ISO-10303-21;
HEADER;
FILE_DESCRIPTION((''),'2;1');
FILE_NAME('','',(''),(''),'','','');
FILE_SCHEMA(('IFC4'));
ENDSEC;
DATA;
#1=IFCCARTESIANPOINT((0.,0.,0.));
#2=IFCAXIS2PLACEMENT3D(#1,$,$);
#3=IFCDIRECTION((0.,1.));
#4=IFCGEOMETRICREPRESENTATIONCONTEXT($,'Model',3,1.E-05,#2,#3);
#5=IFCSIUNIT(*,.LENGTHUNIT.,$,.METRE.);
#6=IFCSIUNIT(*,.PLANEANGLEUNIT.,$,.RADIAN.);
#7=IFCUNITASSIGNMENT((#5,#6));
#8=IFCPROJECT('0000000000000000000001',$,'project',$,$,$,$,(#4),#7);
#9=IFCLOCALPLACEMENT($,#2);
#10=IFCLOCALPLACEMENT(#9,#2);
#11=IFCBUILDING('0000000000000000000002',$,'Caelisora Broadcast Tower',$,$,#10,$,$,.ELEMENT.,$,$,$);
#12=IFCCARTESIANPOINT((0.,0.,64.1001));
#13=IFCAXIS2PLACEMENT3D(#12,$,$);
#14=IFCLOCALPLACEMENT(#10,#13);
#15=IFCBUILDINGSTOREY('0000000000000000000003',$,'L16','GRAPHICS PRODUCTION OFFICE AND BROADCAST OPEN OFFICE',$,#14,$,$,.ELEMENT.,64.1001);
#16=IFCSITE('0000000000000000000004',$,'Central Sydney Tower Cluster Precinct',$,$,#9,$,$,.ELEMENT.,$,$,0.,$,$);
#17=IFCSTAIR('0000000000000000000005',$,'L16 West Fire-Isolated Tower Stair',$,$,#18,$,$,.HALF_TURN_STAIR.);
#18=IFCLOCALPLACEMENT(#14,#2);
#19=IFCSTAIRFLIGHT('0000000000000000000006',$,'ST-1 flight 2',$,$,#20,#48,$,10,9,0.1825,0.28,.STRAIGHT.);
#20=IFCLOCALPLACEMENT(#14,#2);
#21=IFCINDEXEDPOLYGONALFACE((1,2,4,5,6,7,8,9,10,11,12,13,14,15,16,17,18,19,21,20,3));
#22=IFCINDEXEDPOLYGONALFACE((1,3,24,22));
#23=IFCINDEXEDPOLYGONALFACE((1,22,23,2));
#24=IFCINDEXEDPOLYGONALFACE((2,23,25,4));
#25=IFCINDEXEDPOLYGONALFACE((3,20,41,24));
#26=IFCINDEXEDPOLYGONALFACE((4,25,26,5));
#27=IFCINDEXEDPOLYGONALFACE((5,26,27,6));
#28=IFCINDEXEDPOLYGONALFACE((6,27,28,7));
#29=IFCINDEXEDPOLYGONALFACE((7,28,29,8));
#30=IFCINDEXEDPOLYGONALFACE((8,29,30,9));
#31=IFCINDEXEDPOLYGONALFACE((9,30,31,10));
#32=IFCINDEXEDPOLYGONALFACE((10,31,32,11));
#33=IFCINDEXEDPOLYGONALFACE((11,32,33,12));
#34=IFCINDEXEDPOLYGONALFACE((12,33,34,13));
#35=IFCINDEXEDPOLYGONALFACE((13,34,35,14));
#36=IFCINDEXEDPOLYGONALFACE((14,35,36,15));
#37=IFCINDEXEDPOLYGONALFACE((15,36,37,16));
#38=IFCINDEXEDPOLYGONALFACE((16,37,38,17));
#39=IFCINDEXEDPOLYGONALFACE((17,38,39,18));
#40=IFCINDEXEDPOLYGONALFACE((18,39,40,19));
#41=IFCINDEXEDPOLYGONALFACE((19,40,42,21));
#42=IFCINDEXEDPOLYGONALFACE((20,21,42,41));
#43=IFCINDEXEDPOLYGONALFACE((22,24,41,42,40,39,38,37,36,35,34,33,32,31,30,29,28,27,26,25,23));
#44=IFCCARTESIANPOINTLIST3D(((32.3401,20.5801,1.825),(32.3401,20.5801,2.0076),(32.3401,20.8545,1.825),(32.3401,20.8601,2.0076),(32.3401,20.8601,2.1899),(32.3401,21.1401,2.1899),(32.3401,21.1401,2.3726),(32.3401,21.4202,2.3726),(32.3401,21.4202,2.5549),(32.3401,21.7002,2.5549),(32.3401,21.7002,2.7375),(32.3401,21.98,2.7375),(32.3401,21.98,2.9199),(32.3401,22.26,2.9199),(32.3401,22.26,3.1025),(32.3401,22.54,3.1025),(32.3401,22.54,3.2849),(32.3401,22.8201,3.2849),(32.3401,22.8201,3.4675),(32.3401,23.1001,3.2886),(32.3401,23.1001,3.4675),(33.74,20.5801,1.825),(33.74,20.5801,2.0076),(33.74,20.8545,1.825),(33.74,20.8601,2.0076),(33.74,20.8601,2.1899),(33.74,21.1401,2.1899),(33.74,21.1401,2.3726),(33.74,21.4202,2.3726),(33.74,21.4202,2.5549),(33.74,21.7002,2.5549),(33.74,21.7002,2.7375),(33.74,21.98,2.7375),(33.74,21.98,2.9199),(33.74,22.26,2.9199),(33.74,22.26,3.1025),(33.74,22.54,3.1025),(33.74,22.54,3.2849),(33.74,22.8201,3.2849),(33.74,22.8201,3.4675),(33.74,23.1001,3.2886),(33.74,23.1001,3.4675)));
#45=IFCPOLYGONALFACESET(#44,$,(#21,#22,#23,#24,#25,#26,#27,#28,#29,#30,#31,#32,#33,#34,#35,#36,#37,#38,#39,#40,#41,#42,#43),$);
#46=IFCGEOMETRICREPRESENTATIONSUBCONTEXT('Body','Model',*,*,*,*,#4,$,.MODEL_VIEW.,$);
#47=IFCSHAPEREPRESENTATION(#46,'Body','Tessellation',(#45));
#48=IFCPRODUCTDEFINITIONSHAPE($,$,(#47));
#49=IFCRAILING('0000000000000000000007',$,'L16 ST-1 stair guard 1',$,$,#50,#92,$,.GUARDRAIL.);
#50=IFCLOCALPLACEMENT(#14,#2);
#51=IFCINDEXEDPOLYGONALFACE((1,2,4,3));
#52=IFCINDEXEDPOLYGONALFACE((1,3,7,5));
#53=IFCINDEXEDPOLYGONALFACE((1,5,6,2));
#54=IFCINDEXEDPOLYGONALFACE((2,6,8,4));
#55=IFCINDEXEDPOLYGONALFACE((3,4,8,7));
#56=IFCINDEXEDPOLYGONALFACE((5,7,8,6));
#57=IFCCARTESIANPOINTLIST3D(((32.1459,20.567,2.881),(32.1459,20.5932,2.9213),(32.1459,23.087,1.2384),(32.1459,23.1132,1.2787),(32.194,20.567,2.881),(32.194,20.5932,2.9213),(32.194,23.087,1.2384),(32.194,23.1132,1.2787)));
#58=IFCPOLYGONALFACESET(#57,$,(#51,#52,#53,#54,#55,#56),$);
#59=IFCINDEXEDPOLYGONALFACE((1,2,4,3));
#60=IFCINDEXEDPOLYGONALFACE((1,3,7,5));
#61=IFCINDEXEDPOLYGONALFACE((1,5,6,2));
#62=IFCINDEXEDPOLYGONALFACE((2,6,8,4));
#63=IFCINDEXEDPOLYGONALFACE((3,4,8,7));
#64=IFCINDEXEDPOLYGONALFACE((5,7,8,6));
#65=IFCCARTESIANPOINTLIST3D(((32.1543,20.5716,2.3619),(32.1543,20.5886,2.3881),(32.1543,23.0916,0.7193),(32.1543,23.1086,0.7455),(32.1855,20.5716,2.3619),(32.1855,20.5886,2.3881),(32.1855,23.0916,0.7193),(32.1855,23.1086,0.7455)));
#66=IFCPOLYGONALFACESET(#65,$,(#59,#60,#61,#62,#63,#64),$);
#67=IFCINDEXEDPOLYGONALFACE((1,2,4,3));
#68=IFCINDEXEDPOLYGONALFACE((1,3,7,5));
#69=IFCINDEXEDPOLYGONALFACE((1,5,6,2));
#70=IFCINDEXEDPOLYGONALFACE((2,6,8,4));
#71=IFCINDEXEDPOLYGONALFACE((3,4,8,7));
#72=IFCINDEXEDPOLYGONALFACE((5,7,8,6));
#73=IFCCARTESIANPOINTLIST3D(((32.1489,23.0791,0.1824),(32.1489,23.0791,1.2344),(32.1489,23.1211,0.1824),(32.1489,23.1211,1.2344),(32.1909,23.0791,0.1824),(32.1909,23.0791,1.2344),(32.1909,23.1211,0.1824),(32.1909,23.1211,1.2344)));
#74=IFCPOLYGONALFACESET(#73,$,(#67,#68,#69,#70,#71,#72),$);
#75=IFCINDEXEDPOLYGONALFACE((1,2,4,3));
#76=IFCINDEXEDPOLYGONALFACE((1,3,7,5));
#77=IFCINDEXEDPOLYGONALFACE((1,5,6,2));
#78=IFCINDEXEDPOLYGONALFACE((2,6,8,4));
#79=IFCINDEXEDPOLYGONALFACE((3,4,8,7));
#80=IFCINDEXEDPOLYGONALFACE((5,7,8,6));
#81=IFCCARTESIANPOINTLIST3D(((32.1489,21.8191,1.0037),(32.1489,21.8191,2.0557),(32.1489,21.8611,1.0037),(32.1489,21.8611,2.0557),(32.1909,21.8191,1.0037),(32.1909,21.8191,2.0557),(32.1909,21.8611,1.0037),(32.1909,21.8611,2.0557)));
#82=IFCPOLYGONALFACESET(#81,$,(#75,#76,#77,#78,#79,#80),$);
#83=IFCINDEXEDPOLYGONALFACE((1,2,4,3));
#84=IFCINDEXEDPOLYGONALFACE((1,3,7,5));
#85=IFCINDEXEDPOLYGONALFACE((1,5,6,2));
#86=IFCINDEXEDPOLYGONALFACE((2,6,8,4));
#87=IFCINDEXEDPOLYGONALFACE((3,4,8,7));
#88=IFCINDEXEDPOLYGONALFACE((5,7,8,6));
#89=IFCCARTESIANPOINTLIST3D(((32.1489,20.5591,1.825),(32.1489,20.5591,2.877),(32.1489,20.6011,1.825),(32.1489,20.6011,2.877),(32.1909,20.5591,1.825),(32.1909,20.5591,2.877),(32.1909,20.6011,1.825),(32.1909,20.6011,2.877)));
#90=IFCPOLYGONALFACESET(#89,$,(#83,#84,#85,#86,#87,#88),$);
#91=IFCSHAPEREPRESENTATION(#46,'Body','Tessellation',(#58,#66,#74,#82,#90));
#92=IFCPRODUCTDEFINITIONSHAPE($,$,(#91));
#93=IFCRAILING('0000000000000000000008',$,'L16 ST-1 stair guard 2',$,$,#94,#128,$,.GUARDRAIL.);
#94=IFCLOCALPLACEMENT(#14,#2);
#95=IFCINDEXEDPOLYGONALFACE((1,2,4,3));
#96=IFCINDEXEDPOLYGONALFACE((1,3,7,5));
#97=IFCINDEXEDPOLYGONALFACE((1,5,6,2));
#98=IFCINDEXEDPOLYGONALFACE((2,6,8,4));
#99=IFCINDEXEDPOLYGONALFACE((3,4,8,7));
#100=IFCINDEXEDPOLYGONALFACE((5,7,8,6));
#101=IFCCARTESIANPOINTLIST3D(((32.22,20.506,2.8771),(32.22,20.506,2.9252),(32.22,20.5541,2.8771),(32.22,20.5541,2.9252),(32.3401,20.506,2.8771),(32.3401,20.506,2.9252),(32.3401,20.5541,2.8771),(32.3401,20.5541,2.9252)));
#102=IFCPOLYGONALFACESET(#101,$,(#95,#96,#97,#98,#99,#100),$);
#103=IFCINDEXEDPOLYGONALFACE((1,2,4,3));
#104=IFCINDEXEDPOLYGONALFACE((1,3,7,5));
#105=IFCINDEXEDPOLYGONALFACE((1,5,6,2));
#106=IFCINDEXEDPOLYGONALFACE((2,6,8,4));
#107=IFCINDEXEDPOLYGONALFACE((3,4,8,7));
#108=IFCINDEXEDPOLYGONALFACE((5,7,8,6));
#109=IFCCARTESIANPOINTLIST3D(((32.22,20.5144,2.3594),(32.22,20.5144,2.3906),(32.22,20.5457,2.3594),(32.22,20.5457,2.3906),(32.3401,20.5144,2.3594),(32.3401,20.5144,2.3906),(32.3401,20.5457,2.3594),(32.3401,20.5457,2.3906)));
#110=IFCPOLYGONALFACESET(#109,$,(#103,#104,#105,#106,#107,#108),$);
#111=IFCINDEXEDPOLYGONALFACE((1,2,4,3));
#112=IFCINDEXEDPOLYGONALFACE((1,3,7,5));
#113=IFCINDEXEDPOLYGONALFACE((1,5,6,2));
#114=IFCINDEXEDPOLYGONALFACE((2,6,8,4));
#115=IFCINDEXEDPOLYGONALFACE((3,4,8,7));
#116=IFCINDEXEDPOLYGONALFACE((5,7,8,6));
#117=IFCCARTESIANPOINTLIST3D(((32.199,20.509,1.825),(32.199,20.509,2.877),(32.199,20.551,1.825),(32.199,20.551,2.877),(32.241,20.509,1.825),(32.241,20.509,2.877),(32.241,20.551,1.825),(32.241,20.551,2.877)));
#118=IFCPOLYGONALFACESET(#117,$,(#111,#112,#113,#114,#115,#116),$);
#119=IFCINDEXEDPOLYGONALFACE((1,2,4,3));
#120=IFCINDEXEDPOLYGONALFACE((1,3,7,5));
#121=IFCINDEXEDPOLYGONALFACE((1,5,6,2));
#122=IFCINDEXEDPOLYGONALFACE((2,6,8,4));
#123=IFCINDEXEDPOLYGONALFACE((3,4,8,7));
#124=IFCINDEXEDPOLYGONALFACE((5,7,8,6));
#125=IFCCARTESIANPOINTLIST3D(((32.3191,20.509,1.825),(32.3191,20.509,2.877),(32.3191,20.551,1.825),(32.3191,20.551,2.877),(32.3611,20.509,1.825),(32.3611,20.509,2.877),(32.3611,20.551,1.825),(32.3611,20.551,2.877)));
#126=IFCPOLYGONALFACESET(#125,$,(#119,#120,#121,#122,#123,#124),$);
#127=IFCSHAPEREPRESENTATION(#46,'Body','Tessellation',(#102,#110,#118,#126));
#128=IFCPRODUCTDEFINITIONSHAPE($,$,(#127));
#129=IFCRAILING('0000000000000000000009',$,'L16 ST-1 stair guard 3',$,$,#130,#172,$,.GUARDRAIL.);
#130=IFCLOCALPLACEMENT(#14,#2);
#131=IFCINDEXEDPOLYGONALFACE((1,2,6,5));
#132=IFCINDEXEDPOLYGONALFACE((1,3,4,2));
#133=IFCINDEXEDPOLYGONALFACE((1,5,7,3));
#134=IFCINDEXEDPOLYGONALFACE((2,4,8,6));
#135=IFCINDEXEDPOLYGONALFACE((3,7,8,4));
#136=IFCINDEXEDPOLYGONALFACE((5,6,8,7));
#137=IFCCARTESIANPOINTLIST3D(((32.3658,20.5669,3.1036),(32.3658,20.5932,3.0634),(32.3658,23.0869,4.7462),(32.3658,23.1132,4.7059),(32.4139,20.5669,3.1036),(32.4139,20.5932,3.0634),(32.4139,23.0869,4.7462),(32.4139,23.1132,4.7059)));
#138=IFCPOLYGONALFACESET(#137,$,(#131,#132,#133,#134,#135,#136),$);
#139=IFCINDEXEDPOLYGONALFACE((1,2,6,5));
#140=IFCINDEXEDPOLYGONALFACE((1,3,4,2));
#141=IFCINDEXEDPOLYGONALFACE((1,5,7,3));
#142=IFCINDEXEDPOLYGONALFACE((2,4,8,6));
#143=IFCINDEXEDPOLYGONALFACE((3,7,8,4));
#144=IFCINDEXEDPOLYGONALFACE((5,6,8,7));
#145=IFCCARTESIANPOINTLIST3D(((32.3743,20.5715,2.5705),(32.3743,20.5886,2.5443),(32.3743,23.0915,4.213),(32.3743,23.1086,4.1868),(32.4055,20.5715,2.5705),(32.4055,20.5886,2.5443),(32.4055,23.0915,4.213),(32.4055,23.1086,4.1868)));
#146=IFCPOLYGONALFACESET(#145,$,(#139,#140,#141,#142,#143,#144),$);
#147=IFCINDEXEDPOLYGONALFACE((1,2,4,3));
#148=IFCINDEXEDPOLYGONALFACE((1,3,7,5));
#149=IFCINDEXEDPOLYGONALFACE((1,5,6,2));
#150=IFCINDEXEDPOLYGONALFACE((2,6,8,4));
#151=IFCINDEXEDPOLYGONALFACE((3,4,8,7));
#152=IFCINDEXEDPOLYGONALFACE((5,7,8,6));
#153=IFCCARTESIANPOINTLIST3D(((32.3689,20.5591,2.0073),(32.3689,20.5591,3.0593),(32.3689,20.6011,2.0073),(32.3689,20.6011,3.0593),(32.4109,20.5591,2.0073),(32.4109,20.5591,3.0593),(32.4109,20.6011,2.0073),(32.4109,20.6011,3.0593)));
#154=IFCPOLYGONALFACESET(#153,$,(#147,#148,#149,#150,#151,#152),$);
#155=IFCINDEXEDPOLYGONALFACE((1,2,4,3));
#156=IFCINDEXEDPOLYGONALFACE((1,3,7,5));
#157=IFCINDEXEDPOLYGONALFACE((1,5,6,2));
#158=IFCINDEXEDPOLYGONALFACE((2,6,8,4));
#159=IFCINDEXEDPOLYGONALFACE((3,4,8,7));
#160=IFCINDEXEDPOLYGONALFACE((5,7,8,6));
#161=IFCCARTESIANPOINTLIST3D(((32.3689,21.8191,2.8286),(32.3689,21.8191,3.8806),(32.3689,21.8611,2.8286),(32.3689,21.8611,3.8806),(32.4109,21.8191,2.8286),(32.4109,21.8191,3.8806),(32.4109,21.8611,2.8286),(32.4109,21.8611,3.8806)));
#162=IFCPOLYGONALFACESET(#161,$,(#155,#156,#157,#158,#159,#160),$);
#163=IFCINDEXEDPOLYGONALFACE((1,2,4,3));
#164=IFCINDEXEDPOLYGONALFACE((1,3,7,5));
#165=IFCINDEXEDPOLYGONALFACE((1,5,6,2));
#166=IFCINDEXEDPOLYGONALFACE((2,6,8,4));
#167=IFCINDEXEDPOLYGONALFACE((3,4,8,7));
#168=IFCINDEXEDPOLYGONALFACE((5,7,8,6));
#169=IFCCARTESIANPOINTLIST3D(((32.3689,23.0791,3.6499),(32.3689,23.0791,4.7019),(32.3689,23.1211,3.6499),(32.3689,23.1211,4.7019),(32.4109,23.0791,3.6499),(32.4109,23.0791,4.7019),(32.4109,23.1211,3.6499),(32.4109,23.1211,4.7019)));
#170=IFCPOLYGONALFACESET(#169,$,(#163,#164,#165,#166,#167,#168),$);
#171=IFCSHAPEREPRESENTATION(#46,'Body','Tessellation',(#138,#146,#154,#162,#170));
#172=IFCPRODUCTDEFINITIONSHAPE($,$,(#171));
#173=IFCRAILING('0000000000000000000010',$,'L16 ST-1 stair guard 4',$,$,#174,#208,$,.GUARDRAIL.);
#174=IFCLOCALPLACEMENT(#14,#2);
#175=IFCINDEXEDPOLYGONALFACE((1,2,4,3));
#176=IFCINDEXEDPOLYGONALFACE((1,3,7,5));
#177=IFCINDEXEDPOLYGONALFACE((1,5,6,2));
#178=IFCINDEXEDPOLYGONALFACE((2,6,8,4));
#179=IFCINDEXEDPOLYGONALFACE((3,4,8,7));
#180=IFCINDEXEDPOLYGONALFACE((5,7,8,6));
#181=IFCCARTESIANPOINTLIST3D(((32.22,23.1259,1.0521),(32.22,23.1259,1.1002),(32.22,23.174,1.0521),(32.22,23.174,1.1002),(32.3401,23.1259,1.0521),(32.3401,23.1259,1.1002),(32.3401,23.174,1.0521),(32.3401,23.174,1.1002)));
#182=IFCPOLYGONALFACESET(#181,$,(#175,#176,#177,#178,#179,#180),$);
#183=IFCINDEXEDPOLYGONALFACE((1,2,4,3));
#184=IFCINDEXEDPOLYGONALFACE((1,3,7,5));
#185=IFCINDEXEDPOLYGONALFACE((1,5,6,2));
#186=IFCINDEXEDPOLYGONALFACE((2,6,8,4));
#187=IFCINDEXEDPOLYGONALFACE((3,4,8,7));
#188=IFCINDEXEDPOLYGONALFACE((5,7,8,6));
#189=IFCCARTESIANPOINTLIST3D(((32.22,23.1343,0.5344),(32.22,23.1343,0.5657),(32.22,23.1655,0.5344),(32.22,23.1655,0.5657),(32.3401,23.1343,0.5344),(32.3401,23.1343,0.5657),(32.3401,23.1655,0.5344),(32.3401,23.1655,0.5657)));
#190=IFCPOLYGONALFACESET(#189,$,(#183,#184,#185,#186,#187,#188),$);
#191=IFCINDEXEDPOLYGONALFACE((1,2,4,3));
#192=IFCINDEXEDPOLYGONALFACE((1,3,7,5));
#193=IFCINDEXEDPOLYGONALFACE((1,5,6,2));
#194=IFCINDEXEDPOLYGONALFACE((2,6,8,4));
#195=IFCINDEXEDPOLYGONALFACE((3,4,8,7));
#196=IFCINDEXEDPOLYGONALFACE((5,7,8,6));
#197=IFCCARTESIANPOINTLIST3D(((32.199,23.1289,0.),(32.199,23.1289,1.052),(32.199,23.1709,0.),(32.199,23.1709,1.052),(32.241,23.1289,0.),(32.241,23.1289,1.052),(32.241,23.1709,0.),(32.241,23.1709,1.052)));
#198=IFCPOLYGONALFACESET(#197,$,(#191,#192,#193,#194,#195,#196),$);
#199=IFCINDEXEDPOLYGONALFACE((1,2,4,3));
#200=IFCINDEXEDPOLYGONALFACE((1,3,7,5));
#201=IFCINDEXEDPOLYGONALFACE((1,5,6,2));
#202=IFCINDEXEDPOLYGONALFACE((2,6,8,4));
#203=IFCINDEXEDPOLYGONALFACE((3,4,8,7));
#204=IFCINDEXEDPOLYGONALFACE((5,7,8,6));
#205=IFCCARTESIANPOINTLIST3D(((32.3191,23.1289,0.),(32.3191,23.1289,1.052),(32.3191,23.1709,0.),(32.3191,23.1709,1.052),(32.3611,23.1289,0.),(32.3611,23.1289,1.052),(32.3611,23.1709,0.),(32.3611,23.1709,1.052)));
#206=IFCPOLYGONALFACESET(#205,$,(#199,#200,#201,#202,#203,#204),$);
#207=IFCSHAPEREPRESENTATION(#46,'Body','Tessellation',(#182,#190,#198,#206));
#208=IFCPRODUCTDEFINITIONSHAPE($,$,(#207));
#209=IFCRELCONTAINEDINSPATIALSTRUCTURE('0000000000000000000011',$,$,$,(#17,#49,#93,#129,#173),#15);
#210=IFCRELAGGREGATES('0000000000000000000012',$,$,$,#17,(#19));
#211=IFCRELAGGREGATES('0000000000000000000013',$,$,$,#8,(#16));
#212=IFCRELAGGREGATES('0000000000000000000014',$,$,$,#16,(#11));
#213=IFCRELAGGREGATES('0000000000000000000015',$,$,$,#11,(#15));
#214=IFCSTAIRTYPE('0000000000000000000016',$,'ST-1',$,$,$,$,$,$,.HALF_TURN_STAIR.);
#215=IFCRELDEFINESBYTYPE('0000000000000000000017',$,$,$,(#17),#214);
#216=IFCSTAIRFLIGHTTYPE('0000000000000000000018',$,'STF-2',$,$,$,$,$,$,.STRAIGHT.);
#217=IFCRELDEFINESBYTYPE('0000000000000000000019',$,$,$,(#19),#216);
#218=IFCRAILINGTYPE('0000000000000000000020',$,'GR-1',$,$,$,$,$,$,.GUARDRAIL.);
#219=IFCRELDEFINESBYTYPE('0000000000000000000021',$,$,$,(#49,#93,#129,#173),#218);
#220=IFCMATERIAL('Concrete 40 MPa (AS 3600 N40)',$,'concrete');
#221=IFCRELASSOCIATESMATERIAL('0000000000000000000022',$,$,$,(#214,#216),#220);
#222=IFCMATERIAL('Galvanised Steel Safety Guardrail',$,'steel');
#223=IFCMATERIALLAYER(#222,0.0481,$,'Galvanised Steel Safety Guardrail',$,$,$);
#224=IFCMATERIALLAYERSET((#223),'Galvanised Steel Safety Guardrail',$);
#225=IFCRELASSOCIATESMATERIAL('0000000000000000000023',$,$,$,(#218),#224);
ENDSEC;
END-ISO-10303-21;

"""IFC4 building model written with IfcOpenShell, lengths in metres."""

from ifc_helpers import new_model, si_unit, direction, frame, origin, origin_2d, place, context, subcontext, project, spatial, polyline, rectangle, outline, extrude, material, layer, layer_set, type_object, element, aggregate, save


model = new_model("IFC4")

# Units and contexts
model_context = context("Model", 3, precision=1e-05, world=origin(), true_north=direction((0.0, 1.0)))
body_context = subcontext(model_context, "Body", "Model", "MODEL_VIEW")
ifc_project = project(units=[si_unit("LENGTHUNIT", "METRE"), si_unit("PLANEANGLEUNIT", "RADIAN")], contexts=[model_context])

# Site, building, storey
site_placement = place(None, origin())
site = spatial("IfcSite", under=ifc_project, at=site_placement, Name="Central Sydney Tower Cluster Precinct", CompositionType="ELEMENT", RefElevation=0.0)
building_placement = place(site_placement, origin())
building = spatial("IfcBuilding", under=site, at=building_placement, Name="Caelisora Broadcast Tower", CompositionType="ELEMENT")
storey_placement = place(building_placement, frame((0.0, 0.0, 64.1001)))
storey = spatial("IfcBuildingStorey", under=building, at=storey_placement, Name="L16", Description="GRAPHICS PRODUCTION OFFICE AND BROADCAST OPEN OFFICE", CompositionType="ELEMENT", Elevation=64.1001)

# Stair, stair flight
ifc_material_1 = material(Name="Concrete 40 MPa (AS 3600 N40)", Category="concrete")
stair_type = type_object("IfcStairType", Name="ST-1", PredefinedType="HALF_TURN_STAIR", material=ifc_material_1)
stair_placement = place(storey_placement, origin())
stair = element("IfcStair", 1, at=stair_placement, inside=storey, type_object=stair_type, Name="L16 West Fire-Isolated Tower Stair", PredefinedType="HALF_TURN_STAIR")
stair_flight_type = type_object("IfcStairFlightType", Name="STF-2", PredefinedType="STRAIGHT", material=ifc_material_1)
stair_flight_1_placement = place(storey_placement, frame((33.04, 20.5801, 1.825), z_axis=(0.0, 0.0, 1.0), x_axis=(0.0, 1.0, 0.0)))
stair_flight_1 = element("IfcStairFlight", 2, at=stair_flight_1_placement, type_object=stair_flight_type, Name="ST-1 flight 2", NumberOfRisers=10, NumberOfTreads=9, PredefinedType="STRAIGHT", RiserHeight=0.1825, TreadLength=0.28, context=body_context, shape_type="SweptSolid", body=[
    extrude(outline(polyline([(0.0, 0.0), (0.0, 0.1826), (0.28, 0.1826), (0.28, 0.365), (0.5601, 0.365), (0.5601, 0.5476), (0.8401, 0.5476), (0.8401, 0.73), (1.1201, 0.73), (1.1201, 0.9126), (1.3999, 0.9126), (1.3999, 1.095), (1.6799, 1.095), (1.6799, 1.2776), (1.96, 1.2776), (1.96, 1.46), (2.24, 1.46), (2.24, 1.6426), (2.52, 1.6426), (2.52, 1.825), (2.52, 1.4636), (0.2744, 0.0), (0.0, 0.0)])), frame((0.0, 0.7, 0.0), z_axis=(0.0, -1.0, 0.0), x_axis=(1.0, 0.0, 0.0)), (0.0, 0.0, 1.0), 1.3999),
])
aggregate(stair, [stair_flight_1])

# Railings
ifc_material_2 = material(Name="Galvanised Steel Safety Guardrail", Category="steel")
ifc_layer_1 = layer(ifc_material_2, 0.0481, Name="Galvanised Steel Safety Guardrail")
ifc_layer_set_1 = layer_set([ifc_layer_1], Name="Galvanised Steel Safety Guardrail")
railing_type_1 = type_object("IfcRailingType", Name="GR-1", PredefinedType="GUARDRAIL", material=ifc_layer_set_1)
railing_1_placement = place(storey_placement, frame((32.1699, 23.1001, 0.1824)))
element("IfcRailing", 3, at=railing_1_placement, inside=storey, type_object=railing_type_1, Name="L16 ST-1 stair guard 1", PredefinedType="GUARDRAIL", context=body_context, shape_type="SweptSolid", body=[
    extrude(rectangle(XDim=0.0481, YDim=0.0481, at=origin_2d()), frame((0.0, 0.0, 1.0762), z_axis=(0.0, -0.837749, 0.546055), x_axis=(1.0, 0.0, 0.0)), (0.0, 0.0, 1.0), 3.0081),
    extrude(rectangle(XDim=0.0312, YDim=0.0312, at=origin_2d()), frame((0.0, 0.0, 0.55), z_axis=(0.0, -0.837749, 0.546055), x_axis=(1.0, 0.0, 0.0)), (0.0, 0.0, 1.0), 3.0081),
    extrude(rectangle(XDim=0.042, YDim=0.042, at=origin_2d()), origin(), (0.0, 0.0, 1.0), 1.052),
    extrude(rectangle(XDim=0.042, YDim=0.042, at=origin_2d()), frame((0.0, -1.26, 0.8213)), (0.0, 0.0, 1.0), 1.052),
    extrude(rectangle(XDim=0.042, YDim=0.042, at=origin_2d()), frame((0.0, -2.52, 1.6426)), (0.0, 0.0, 1.0), 1.052),
])
railing_2_placement = place(storey_placement, frame((32.22, 20.53, 1.825)))
element("IfcRailing", 4, at=railing_2_placement, inside=storey, type_object=railing_type_1, Name="L16 ST-1 stair guard 2", PredefinedType="GUARDRAIL", context=body_context, shape_type="SweptSolid", body=[
    extrude(rectangle(XDim=0.0481, YDim=0.0481, at=origin_2d()), frame((0.0, 0.0, 1.0762), z_axis=(1.0, 0.0, 0.0), x_axis=(0.0, 1.0, 0.0)), (0.0, 0.0, 1.0), 0.1201),
    extrude(rectangle(XDim=0.0312, YDim=0.0312, at=origin_2d()), frame((0.0, 0.0, 0.55), z_axis=(1.0, 0.0, 0.0), x_axis=(0.0, 1.0, 0.0)), (0.0, 0.0, 1.0), 0.1201),
    extrude(rectangle(XDim=0.042, YDim=0.042, at=origin_2d()), origin(), (0.0, 0.0, 1.0), 1.052),
    extrude(rectangle(XDim=0.042, YDim=0.042, at=origin_2d()), frame((0.1201, 0.0, 0.0)), (0.0, 0.0, 1.0), 1.052),
])
railing_3_placement = place(storey_placement, frame((32.3899, 20.5801, 2.0073)))
element("IfcRailing", 5, at=railing_3_placement, inside=storey, type_object=railing_type_1, Name="L16 ST-1 stair guard 3", PredefinedType="GUARDRAIL", context=body_context, shape_type="SweptSolid", body=[
    extrude(rectangle(XDim=0.0481, YDim=0.0481, at=origin_2d()), frame((0.0, 0.0, 1.0762), z_axis=(0.0, 0.837749, 0.546055), x_axis=(-1.0, 0.0, 0.0)), (0.0, 0.0, 1.0), 3.0081),
    extrude(rectangle(XDim=0.0312, YDim=0.0312, at=origin_2d()), frame((0.0, 0.0, 0.55), z_axis=(0.0, 0.837749, 0.546055), x_axis=(-1.0, 0.0, 0.0)), (0.0, 0.0, 1.0), 3.0081),
    extrude(rectangle(XDim=0.042, YDim=0.042, at=origin_2d()), origin(), (0.0, 0.0, 1.0), 1.052),
    extrude(rectangle(XDim=0.042, YDim=0.042, at=origin_2d()), frame((0.0, 1.26, 0.8213)), (0.0, 0.0, 1.0), 1.052),
    extrude(rectangle(XDim=0.042, YDim=0.042, at=origin_2d()), frame((0.0, 2.52, 1.6426)), (0.0, 0.0, 1.0), 1.052),
])
railing_4_placement = place(storey_placement, frame((32.22, 23.1499, 0.0)))
element("IfcRailing", 6, at=railing_4_placement, inside=storey, type_object=railing_type_1, Name="L16 ST-1 stair guard 4", PredefinedType="GUARDRAIL", context=body_context, shape_type="SweptSolid", body=[
    extrude(rectangle(XDim=0.0481, YDim=0.0481, at=origin_2d()), frame((0.0, 0.0, 1.0762), z_axis=(1.0, 0.0, 0.0), x_axis=(0.0, 1.0, 0.0)), (0.0, 0.0, 1.0), 0.1201),
    extrude(rectangle(XDim=0.0312, YDim=0.0312, at=origin_2d()), frame((0.0, 0.0, 0.55), z_axis=(1.0, 0.0, 0.0), x_axis=(0.0, 1.0, 0.0)), (0.0, 0.0, 1.0), 0.1201),
    extrude(rectangle(XDim=0.042, YDim=0.042, at=origin_2d()), origin(), (0.0, 0.0, 1.0), 1.052),
    extrude(rectangle(XDim=0.042, YDim=0.042, at=origin_2d()), frame((0.1201, 0.0, 0.0)), (0.0, 0.0, 1.0), 1.052),
])

save(model, "model.ifc")
